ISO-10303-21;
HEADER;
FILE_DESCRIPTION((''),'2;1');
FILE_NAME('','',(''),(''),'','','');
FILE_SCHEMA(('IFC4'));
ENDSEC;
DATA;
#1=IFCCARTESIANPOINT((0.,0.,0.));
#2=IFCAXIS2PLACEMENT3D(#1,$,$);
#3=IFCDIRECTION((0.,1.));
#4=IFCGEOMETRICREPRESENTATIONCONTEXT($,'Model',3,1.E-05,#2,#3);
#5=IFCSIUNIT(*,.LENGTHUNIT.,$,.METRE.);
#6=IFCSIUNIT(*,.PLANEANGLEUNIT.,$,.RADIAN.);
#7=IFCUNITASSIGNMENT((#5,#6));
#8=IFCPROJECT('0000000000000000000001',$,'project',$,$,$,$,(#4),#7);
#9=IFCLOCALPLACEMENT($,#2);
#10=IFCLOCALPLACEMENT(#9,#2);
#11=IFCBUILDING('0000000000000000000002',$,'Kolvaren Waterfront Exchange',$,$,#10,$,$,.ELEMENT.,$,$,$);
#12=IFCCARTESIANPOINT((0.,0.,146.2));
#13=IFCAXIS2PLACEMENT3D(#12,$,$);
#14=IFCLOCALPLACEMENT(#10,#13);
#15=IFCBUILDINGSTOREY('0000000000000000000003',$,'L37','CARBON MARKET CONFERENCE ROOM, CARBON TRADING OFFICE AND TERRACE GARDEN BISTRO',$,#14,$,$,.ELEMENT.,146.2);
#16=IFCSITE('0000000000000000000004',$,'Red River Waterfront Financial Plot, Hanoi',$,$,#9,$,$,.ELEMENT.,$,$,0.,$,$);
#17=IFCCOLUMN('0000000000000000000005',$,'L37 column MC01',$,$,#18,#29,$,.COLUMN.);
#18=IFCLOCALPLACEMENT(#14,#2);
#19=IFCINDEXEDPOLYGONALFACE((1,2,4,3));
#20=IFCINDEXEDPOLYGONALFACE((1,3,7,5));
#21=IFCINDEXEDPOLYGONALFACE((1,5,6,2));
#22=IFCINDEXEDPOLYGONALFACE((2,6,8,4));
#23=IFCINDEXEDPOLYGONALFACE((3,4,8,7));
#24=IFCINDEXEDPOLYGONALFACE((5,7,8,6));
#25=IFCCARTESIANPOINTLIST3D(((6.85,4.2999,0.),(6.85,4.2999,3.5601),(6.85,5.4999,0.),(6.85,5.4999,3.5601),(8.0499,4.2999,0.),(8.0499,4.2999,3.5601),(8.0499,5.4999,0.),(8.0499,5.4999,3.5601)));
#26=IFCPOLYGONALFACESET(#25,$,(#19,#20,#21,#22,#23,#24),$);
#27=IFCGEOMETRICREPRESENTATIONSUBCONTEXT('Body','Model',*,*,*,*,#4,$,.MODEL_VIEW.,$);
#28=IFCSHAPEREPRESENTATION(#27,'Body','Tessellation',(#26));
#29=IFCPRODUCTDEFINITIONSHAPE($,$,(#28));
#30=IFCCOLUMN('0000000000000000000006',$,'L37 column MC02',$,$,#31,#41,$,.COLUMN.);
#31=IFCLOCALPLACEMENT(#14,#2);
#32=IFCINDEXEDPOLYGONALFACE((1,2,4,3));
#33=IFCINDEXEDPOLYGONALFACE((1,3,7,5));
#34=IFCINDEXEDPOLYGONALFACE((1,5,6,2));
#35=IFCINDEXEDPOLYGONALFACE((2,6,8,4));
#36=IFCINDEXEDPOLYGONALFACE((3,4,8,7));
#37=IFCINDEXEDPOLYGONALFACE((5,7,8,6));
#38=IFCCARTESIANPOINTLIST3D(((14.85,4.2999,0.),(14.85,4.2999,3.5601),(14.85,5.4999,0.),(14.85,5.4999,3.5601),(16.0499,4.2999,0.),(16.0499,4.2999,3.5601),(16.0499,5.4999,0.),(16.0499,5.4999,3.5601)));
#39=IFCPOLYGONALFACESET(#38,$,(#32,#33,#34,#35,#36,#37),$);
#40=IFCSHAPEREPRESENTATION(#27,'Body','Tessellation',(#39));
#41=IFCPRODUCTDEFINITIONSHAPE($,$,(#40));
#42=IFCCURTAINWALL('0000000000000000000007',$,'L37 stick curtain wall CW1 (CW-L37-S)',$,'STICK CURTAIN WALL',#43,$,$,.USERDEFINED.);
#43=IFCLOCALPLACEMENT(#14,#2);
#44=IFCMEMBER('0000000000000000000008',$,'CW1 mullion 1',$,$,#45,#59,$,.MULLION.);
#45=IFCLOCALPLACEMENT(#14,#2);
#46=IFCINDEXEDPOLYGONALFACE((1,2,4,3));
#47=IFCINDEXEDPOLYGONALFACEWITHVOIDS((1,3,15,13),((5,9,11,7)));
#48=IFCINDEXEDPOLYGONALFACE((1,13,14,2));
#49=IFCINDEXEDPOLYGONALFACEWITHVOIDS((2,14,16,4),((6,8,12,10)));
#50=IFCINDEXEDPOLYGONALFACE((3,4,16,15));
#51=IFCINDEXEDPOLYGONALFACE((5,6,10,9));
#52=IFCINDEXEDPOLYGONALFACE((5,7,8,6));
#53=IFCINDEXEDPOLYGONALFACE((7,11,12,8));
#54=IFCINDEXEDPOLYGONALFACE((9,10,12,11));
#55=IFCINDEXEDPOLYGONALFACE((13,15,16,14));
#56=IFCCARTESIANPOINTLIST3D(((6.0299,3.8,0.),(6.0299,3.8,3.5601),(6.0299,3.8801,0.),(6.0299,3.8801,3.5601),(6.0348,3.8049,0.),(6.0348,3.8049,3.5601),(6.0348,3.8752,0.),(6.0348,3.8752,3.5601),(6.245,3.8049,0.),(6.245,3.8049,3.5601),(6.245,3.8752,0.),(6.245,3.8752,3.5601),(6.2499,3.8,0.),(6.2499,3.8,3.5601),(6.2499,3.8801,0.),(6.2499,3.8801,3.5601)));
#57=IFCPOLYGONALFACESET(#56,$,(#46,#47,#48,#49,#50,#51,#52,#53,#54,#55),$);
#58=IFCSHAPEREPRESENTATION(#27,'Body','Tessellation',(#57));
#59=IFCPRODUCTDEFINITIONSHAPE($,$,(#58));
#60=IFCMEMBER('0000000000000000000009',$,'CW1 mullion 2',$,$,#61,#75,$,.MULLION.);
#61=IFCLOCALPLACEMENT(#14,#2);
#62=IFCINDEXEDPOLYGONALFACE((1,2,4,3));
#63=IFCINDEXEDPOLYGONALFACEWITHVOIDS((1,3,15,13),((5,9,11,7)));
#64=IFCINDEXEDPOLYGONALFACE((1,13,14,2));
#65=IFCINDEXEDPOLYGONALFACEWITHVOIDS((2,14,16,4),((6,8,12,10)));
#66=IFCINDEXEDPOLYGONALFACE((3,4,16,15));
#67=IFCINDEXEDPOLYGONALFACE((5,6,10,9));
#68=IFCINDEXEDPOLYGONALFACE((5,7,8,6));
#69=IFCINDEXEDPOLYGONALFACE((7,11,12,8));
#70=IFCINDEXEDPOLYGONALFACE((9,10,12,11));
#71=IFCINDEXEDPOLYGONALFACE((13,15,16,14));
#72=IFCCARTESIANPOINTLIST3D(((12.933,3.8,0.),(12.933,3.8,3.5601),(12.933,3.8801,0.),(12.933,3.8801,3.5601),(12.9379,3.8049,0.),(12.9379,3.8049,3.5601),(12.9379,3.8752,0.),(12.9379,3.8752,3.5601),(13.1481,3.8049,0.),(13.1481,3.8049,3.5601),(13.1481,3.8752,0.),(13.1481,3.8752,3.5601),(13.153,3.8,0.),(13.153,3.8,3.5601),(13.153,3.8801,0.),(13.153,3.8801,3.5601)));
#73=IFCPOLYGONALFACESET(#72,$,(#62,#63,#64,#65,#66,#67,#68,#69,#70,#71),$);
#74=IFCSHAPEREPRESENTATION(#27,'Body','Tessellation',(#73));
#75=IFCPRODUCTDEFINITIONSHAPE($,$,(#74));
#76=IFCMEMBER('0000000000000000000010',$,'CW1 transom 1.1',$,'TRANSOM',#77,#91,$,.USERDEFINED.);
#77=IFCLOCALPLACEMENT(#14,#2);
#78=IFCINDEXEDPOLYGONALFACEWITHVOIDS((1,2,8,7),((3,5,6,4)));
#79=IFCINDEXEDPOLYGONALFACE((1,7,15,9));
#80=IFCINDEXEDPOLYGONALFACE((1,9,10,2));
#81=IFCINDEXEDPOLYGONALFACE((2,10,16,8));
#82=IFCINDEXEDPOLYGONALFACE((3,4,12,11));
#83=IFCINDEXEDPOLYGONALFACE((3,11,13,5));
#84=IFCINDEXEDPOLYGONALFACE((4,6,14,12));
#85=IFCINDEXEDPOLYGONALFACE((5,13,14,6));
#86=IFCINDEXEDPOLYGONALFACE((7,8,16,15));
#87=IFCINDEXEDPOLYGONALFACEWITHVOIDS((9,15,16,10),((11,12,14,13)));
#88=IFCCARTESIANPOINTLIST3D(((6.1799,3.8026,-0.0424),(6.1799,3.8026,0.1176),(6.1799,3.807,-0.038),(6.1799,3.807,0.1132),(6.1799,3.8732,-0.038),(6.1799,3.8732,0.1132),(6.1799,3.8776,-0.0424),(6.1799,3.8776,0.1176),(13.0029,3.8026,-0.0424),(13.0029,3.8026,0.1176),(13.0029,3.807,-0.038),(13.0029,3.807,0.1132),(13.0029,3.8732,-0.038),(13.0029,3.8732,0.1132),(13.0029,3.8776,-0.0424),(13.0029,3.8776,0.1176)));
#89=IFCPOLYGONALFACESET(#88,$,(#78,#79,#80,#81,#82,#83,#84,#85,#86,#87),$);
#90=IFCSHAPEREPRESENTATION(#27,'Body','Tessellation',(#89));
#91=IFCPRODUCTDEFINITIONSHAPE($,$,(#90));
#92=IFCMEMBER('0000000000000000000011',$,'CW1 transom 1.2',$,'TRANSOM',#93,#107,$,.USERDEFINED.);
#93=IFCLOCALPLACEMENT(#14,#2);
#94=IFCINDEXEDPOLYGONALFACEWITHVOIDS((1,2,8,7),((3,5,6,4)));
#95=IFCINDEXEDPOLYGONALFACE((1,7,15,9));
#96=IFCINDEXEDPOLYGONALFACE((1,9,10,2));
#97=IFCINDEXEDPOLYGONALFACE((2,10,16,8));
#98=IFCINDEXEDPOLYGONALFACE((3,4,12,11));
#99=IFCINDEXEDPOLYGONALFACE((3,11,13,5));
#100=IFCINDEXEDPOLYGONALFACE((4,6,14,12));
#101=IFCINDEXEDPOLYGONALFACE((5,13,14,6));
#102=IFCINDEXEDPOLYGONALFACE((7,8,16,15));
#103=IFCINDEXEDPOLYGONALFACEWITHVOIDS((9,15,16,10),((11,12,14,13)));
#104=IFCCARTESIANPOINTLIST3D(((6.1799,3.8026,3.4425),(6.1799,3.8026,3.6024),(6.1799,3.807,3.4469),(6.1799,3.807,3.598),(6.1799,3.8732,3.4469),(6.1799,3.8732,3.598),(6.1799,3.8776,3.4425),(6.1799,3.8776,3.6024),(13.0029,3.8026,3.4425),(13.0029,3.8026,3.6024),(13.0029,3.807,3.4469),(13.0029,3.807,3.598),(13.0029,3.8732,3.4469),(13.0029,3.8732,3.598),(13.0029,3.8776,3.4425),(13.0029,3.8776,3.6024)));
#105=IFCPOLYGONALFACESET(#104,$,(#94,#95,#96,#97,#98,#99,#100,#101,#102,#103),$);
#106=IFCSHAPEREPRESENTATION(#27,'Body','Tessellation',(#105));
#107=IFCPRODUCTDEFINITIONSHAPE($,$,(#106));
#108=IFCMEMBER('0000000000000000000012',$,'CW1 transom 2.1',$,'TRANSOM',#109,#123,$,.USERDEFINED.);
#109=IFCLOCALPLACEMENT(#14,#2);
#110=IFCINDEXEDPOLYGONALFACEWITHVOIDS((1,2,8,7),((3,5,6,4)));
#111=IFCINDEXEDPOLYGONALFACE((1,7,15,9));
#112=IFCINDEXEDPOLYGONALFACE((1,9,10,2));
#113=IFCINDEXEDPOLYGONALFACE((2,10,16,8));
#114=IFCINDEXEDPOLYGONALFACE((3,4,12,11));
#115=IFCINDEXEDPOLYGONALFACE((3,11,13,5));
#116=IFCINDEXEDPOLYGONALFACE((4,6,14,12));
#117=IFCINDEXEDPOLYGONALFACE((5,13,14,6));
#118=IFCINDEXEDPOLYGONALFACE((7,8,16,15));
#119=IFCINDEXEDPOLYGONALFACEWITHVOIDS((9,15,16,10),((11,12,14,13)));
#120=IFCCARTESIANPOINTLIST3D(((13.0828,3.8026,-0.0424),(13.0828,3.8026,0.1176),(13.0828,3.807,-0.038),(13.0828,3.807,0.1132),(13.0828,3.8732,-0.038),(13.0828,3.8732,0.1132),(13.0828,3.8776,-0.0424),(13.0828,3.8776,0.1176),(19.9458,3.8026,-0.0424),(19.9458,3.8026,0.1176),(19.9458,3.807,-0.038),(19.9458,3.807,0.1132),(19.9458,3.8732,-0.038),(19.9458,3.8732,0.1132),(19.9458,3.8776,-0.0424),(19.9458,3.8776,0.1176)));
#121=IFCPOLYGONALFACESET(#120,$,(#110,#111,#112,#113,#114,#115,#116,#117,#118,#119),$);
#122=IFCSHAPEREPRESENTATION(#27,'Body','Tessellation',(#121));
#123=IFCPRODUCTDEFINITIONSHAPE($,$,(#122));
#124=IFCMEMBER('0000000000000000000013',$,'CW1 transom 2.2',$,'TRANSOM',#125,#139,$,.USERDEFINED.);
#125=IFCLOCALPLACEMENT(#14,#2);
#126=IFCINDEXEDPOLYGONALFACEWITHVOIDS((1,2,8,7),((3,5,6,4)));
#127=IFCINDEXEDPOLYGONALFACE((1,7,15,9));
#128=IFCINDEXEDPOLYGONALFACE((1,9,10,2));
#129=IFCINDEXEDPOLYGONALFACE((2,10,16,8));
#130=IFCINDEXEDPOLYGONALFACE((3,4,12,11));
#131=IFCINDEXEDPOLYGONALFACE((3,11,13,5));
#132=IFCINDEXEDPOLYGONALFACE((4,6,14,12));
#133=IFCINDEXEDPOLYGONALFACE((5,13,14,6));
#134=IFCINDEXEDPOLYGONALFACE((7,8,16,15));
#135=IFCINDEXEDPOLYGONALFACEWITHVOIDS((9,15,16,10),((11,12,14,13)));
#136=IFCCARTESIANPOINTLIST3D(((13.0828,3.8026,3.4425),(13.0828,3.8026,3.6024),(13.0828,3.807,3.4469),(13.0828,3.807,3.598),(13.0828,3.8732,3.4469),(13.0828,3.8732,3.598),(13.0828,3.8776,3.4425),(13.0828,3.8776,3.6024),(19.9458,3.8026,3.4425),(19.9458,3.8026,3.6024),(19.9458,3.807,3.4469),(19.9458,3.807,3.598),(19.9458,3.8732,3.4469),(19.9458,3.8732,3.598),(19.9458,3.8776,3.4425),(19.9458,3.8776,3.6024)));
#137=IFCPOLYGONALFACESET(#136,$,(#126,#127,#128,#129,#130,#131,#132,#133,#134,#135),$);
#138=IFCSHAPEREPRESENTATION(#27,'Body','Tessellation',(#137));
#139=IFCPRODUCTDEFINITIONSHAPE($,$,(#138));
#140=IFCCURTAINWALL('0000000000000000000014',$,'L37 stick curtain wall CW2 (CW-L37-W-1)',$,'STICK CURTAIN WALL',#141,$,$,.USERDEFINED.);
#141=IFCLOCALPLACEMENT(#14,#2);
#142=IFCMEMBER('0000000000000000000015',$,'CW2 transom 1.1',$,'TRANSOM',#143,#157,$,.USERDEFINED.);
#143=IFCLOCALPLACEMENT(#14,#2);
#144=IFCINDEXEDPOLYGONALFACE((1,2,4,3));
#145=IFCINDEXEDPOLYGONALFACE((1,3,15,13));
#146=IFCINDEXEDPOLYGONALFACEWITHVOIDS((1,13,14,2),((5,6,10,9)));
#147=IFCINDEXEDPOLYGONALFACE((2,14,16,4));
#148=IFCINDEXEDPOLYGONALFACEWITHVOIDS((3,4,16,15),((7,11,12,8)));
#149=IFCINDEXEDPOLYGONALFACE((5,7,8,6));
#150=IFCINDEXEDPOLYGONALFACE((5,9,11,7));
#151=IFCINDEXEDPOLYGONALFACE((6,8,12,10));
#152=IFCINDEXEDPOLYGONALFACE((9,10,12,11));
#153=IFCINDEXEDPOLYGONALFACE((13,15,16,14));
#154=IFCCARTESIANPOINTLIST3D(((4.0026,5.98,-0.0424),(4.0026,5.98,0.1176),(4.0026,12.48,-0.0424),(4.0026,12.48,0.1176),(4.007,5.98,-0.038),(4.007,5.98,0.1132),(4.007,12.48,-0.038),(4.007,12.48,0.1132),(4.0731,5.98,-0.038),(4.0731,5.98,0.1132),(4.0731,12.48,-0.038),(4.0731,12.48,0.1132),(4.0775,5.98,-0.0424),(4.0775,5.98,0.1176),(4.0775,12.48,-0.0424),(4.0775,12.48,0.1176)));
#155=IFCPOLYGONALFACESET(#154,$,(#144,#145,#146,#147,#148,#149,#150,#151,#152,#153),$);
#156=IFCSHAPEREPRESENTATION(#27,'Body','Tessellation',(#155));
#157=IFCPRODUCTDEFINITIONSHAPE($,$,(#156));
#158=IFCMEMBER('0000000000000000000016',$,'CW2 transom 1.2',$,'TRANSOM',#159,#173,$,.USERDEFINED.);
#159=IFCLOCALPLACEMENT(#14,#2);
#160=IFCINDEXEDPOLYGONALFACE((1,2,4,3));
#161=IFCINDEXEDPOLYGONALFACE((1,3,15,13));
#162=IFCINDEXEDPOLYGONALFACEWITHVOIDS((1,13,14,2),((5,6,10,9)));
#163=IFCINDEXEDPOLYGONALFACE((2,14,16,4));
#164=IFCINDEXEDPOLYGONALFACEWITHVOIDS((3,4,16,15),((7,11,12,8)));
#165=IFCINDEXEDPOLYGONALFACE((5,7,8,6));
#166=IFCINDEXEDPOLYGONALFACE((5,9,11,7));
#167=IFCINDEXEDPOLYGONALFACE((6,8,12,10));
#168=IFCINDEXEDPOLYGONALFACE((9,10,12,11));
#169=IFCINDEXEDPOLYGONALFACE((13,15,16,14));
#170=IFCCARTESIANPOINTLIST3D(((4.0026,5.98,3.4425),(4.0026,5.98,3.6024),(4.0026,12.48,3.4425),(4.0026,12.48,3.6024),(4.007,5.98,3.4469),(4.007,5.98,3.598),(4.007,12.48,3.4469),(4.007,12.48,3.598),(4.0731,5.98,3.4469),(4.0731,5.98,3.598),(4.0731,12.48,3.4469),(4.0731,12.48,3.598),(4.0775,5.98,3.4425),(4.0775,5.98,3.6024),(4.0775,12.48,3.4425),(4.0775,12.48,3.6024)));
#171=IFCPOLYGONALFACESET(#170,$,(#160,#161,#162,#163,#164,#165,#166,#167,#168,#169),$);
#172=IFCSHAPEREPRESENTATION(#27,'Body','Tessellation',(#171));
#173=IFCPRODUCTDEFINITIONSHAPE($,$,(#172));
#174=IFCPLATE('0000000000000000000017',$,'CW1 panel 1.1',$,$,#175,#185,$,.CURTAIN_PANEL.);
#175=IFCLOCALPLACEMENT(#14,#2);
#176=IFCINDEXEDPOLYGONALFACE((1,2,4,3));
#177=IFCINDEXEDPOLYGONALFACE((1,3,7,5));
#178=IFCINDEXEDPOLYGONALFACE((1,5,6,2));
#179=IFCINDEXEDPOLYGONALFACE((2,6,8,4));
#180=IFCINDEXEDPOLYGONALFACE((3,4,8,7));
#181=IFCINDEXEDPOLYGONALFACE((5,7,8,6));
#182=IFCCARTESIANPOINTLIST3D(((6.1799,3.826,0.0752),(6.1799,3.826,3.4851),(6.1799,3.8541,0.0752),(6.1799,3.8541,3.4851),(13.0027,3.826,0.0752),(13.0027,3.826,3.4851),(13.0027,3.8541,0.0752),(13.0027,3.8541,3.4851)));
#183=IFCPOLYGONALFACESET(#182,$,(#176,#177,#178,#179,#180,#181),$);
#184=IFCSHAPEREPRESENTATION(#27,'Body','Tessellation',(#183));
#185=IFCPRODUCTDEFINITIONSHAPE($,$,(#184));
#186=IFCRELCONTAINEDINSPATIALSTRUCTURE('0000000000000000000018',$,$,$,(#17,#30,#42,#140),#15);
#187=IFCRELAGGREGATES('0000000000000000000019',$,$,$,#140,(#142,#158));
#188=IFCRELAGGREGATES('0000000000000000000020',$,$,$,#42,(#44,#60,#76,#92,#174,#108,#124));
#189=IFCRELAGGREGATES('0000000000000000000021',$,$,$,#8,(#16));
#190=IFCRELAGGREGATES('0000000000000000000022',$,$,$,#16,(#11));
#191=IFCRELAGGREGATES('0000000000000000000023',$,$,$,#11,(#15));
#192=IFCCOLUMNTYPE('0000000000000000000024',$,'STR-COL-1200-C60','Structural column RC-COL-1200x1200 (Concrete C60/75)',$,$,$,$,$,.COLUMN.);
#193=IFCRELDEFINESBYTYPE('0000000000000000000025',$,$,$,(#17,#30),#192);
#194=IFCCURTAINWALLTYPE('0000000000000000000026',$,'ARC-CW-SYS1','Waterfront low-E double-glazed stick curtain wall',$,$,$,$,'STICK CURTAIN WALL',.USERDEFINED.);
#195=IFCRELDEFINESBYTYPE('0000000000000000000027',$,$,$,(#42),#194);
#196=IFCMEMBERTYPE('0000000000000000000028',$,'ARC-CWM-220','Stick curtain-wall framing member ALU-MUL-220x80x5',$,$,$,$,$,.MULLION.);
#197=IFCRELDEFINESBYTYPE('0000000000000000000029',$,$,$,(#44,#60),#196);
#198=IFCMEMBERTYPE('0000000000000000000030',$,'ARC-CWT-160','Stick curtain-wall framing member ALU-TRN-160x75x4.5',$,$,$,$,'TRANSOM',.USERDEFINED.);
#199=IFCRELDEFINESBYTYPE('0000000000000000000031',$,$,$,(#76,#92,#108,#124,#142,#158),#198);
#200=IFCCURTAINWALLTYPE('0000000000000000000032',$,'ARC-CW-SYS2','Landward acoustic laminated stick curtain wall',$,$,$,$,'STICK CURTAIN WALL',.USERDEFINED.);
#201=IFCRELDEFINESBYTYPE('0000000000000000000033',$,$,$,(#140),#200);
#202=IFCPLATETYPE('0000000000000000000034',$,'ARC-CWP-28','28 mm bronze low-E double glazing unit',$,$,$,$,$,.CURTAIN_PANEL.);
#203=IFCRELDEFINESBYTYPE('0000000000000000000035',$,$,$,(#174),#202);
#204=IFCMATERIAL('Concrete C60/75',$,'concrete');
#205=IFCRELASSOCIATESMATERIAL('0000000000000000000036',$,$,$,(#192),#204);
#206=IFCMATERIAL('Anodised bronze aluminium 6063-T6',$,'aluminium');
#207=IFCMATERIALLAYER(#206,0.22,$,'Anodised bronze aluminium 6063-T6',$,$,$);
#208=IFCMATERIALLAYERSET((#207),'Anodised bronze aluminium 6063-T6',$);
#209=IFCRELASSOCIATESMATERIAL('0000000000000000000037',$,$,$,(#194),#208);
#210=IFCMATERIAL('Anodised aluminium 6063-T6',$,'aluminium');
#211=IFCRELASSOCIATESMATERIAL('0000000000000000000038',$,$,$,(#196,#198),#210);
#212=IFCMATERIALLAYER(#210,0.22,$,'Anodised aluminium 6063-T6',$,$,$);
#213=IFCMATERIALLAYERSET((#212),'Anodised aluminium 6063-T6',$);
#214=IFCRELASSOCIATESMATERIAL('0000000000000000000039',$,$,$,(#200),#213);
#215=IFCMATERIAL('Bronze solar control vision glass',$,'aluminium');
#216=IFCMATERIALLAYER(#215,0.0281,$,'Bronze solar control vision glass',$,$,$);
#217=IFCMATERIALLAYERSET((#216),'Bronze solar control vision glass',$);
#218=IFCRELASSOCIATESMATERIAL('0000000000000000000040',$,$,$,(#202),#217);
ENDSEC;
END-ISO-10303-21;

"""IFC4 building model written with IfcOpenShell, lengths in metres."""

from ifc_helpers import new_model, si_unit, direction, frame, origin, origin_with_axes, origin_2d, place, context, subcontext, project, spatial, rectangle, hollow_rectangle, extrude, source, transform, mapped, material, layer, layer_set, material_profile, profile_set, type_object, element, aggregate, save


model = new_model("IFC4")

# Units and contexts
model_context = context("Model", 3, precision=1e-05, world=origin(), true_north=direction((0.0, 1.0)))
body_context = subcontext(model_context, "Body", "Model", "MODEL_VIEW")
ifc_project = project(units=[si_unit("LENGTHUNIT", "METRE"), si_unit("PLANEANGLEUNIT", "RADIAN")], contexts=[model_context])

# Site, building, storey
site_placement = place(None, origin())
site = spatial("IfcSite", under=ifc_project, at=site_placement, Name="Red River Waterfront Financial Plot, Hanoi", CompositionType="ELEMENT", RefElevation=0.0)
building_placement = place(site_placement, origin())
building = spatial("IfcBuilding", under=site, at=building_placement, Name="Kolvaren Waterfront Exchange", CompositionType="ELEMENT")
storey_placement = place(building_placement, frame((0.0, 0.0, 146.2)))
storey = spatial("IfcBuildingStorey", under=building, at=storey_placement, Name="L37", Description="CARBON MARKET CONFERENCE ROOM, CARBON TRADING OFFICE AND TERRACE GARDEN BISTRO", CompositionType="ELEMENT", Elevation=146.2)

# Columns
ifc_material_1 = material(Name="Concrete C60/75", Category="concrete")
ifc_material_profile_1 = material_profile(ifc_material_1, rectangle(XDim=1.2, YDim=1.2, at=origin_2d()), Name="RC-COL-1200x1200")
ifc_profile_set_1 = profile_set([ifc_material_profile_1], Name="Concrete C60/75")
column_type = type_object("IfcColumnType", Name="STR-COL-1200-C60", Description="Structural column RC-COL-1200x1200 (Concrete C60/75)", PredefinedType="COLUMN", material=ifc_profile_set_1)
for number, where, z_axis, x_axis, name in (
    (1, (7.45, 4.8999, 0.0), (0.0, 0.0, 1.0), (1.0, 0.0, 0.0), "L37 column MC01"),
    (2, (15.45, 4.8999, 0.0), (0.0, 0.0, 1.0), (1.0, 0.0, 0.0), "L37 column MC02"),
):
    element("IfcColumn", number, at=place(storey_placement, frame(where, z_axis=z_axis, x_axis=x_axis)), inside=storey, type_object=column_type, Name=name, PredefinedType="COLUMN", context=body_context, shape_type="SweptSolid", body=[
        extrude(rectangle(XDim=1.2, YDim=1.2, at=origin_2d()), origin(), (0.0, 0.0, 1.0), 3.5601),
    ])

# Curtain walls, members
ifc_material_2 = material(Name="Anodised bronze aluminium 6063-T6", Category="aluminium")
ifc_layer_1 = layer(ifc_material_2, 0.22, Name="Anodised bronze aluminium 6063-T6")
ifc_layer_set_1 = layer_set([ifc_layer_1], Name="Anodised bronze aluminium 6063-T6")
curtain_wall_type_1 = type_object("IfcCurtainWallType", Name="ARC-CW-SYS1", Description="Waterfront low-E double-glazed stick curtain wall", ElementType="STICK CURTAIN WALL", PredefinedType="USERDEFINED", material=ifc_layer_set_1)
curtain_wall_1_placement = place(storey_placement, origin())
curtain_wall_1 = element("IfcCurtainWall", 3, at=curtain_wall_1_placement, inside=storey, type_object=curtain_wall_type_1, Name="L37 stick curtain wall CW1 (CW-L37-S)", ObjectType="STICK CURTAIN WALL", PredefinedType="USERDEFINED")
ifc_material_3 = material(Name="Anodised aluminium 6063-T6", Category="aluminium")
ifc_material_profile_2 = material_profile(ifc_material_3, hollow_rectangle(XDim=0.0801, YDim=0.22, WallThickness=0.0049, at=origin_2d()), Name="ALU-MUL-220x80x5")
ifc_profile_set_2 = profile_set([ifc_material_profile_2], Name="Anodised aluminium 6063-T6")
member_type_1 = type_object("IfcMemberType", Name="ARC-CWM-220", Description="Stick curtain-wall framing member ALU-MUL-220x80x5", PredefinedType="MULLION", material=ifc_profile_set_2)
shared_shape_1 = source(origin_with_axes(), body_context, "Body", "SweptSolid", [
    extrude(hollow_rectangle(XDim=0.0801, YDim=0.22, WallThickness=0.0049, at=origin_2d()), origin(), (0.0, 0.0, 1.0), 3.5601),
])
member_1_placement = place(storey_placement, frame((6.1399, 3.8401, 0.0), z_axis=(0.0, 0.0, 1.0), x_axis=(0.0, 1.0, 0.0)))
member_1 = element("IfcMember", 4, at=member_1_placement, type_object=member_type_1, Name="CW1 mullion 1", PredefinedType="MULLION", context=body_context, shape_type="MappedRepresentation", body=[
    mapped(shared_shape_1, transform((0.0, 0.0, 0.0), x_axis=(1.0, 0.0, 0.0), y_axis=(0.0, 1.0, 0.0), z_axis=(0.0, 0.0, 1.0), scale=1.0)),
])
member_2_placement = place(storey_placement, frame((13.043, 3.8401, 0.0), z_axis=(0.0, 0.0, 1.0), x_axis=(0.0, 1.0, 0.0)))
member_2 = element("IfcMember", 5, at=member_2_placement, type_object=member_type_1, Name="CW1 mullion 2", PredefinedType="MULLION", context=body_context, shape_type="MappedRepresentation", body=[
    mapped(shared_shape_1, transform((0.0, 0.0, 0.0), x_axis=(1.0, 0.0, 0.0), y_axis=(0.0, 1.0, 0.0), z_axis=(0.0, 0.0, 1.0), scale=1.0)),
])
ifc_material_profile_3 = material_profile(ifc_material_3, hollow_rectangle(XDim=0.075, YDim=0.1599, WallThickness=0.0044, at=origin_2d()), Name="ALU-TRN-160x75x4.5")
ifc_profile_set_3 = profile_set([ifc_material_profile_3], Name="Anodised aluminium 6063-T6")
member_type_2 = type_object("IfcMemberType", Name="ARC-CWT-160", Description="Stick curtain-wall framing member ALU-TRN-160x75x4.5", ElementType="TRANSOM", PredefinedType="USERDEFINED", material=ifc_profile_set_3)
shared_shape_2 = source(origin_with_axes(), body_context, "Body", "SweptSolid", [
    extrude(hollow_rectangle(XDim=0.075, YDim=0.1599, WallThickness=0.0044, at=origin_2d()), origin(), (0.0, 0.0, 1.0), 6.823),
])
member_3_placement = place(storey_placement, frame((6.1799, 3.8401, 0.0376), z_axis=(1.0, 0.0, 0.0), x_axis=(0.0, 1.0, 0.0)))
member_3 = element("IfcMember", 6, at=member_3_placement, type_object=member_type_2, Name="CW1 transom 1.1", ObjectType="TRANSOM", PredefinedType="USERDEFINED", context=body_context, shape_type="MappedRepresentation", body=[
    mapped(shared_shape_2, transform((0.0, 0.0, 0.0), x_axis=(1.0, 0.0, 0.0), y_axis=(0.0, 1.0, 0.0), z_axis=(0.0, 0.0, 1.0), scale=1.0)),
])
member_4_placement = place(storey_placement, frame((6.1799, 3.8401, 3.5225), z_axis=(1.0, 0.0, 0.0), x_axis=(0.0, 1.0, 0.0)))
member_4 = element("IfcMember", 7, at=member_4_placement, type_object=member_type_2, Name="CW1 transom 1.2", ObjectType="TRANSOM", PredefinedType="USERDEFINED", context=body_context, shape_type="MappedRepresentation", body=[
    mapped(shared_shape_2, transform((0.0, 0.0, 0.0), x_axis=(1.0, 0.0, 0.0), y_axis=(0.0, 1.0, 0.0), z_axis=(0.0, 0.0, 1.0), scale=1.0)),
])
shared_shape_3 = source(origin_with_axes(), body_context, "Body", "SweptSolid", [
    extrude(hollow_rectangle(XDim=0.075, YDim=0.1599, WallThickness=0.0044, at=origin_2d()), origin(), (0.0, 0.0, 1.0), 6.863),
])
member_5_placement = place(storey_placement, frame((13.0828, 3.8401, 0.0376), z_axis=(1.0, 0.0, 0.0), x_axis=(0.0, 1.0, 0.0)))
member_5 = element("IfcMember", 8, at=member_5_placement, type_object=member_type_2, Name="CW1 transom 2.1", ObjectType="TRANSOM", PredefinedType="USERDEFINED", context=body_context, shape_type="MappedRepresentation", body=[
    mapped(shared_shape_3, transform((0.0, 0.0, 0.0), x_axis=(1.0, 0.0, 0.0), y_axis=(0.0, 1.0, 0.0), z_axis=(0.0, 0.0, 1.0), scale=1.0)),
])
member_6_placement = place(storey_placement, frame((13.0828, 3.8401, 3.5225), z_axis=(1.0, 0.0, 0.0), x_axis=(0.0, 1.0, 0.0)))
member_6 = element("IfcMember", 9, at=member_6_placement, type_object=member_type_2, Name="CW1 transom 2.2", ObjectType="TRANSOM", PredefinedType="USERDEFINED", context=body_context, shape_type="MappedRepresentation", body=[
    mapped(shared_shape_3, transform((0.0, 0.0, 0.0), x_axis=(1.0, 0.0, 0.0), y_axis=(0.0, 1.0, 0.0), z_axis=(0.0, 0.0, 1.0), scale=1.0)),
])
ifc_layer_2 = layer(ifc_material_3, 0.22, Name="Anodised aluminium 6063-T6")
ifc_layer_set_2 = layer_set([ifc_layer_2], Name="Anodised aluminium 6063-T6")
curtain_wall_type_2 = type_object("IfcCurtainWallType", Name="ARC-CW-SYS2", Description="Landward acoustic laminated stick curtain wall", ElementType="STICK CURTAIN WALL", PredefinedType="USERDEFINED", material=ifc_layer_set_2)
curtain_wall_2_placement = place(storey_placement, origin())
curtain_wall_2 = element("IfcCurtainWall", 10, at=curtain_wall_2_placement, inside=storey, type_object=curtain_wall_type_2, Name="L37 stick curtain wall CW2 (CW-L37-W-1)", ObjectType="STICK CURTAIN WALL", PredefinedType="USERDEFINED")
shared_shape_4 = source(origin_with_axes(), body_context, "Body", "SweptSolid", [
    extrude(hollow_rectangle(XDim=0.075, YDim=0.1599, WallThickness=0.0044, at=origin_2d()), origin(), (0.0, 0.0, 1.0), 6.5),
])
member_7_placement = place(storey_placement, frame((4.04, 5.98, 0.0376), z_axis=(0.0, 1.0, 0.0), x_axis=(-1.0, 0.0, 0.0)))
member_7 = element("IfcMember", 11, at=member_7_placement, type_object=member_type_2, Name="CW2 transom 1.1", ObjectType="TRANSOM", PredefinedType="USERDEFINED", context=body_context, shape_type="MappedRepresentation", body=[
    mapped(shared_shape_4, transform((0.0, 0.0, 0.0), x_axis=(1.0, 0.0, 0.0), y_axis=(0.0, 1.0, 0.0), z_axis=(0.0, 0.0, 1.0), scale=1.0)),
])
member_8_placement = place(storey_placement, frame((4.04, 5.98, 3.5225), z_axis=(0.0, 1.0, 0.0), x_axis=(-1.0, 0.0, 0.0)))
member_8 = element("IfcMember", 12, at=member_8_placement, type_object=member_type_2, Name="CW2 transom 1.2", ObjectType="TRANSOM", PredefinedType="USERDEFINED", context=body_context, shape_type="MappedRepresentation", body=[
    mapped(shared_shape_4, transform((0.0, 0.0, 0.0), x_axis=(1.0, 0.0, 0.0), y_axis=(0.0, 1.0, 0.0), z_axis=(0.0, 0.0, 1.0), scale=1.0)),
])
aggregate(curtain_wall_2, [member_7, member_8])

# Plate
ifc_material_4 = material(Name="Bronze solar control vision glass", Category="aluminium")
ifc_layer_3 = layer(ifc_material_4, 0.0281, Name="Bronze solar control vision glass")
ifc_layer_set_3 = layer_set([ifc_layer_3], Name="Bronze solar control vision glass")
plate_type = type_object("IfcPlateType", Name="ARC-CWP-28", Description="28 mm bronze low-E double glazing unit", PredefinedType="CURTAIN_PANEL", material=ifc_layer_set_3)
shared_shape_5 = source(origin_with_axes(), body_context, "Body", "SweptSolid", [
    extrude(rectangle(XDim=6.8228, YDim=0.0281, at=origin_2d()), origin(), (0.0, 0.0, 1.0), 3.4099),
])
plate_1_placement = place(storey_placement, frame((9.5913, 3.8401, 0.0752), z_axis=(0.0, 0.0, 1.0), x_axis=(1.0, 0.0, 0.0)))
plate_1 = element("IfcPlate", 13, at=plate_1_placement, type_object=plate_type, Name="CW1 panel 1.1", PredefinedType="CURTAIN_PANEL", context=body_context, shape_type="MappedRepresentation", body=[
    mapped(shared_shape_5, transform((0.0, 0.0, 0.0), x_axis=(1.0, 0.0, 0.0), y_axis=(0.0, 1.0, 0.0), z_axis=(0.0, 0.0, 1.0), scale=1.0)),
])
aggregate(curtain_wall_1, [member_1, member_2, member_3, member_4, plate_1, member_5, member_6])

save(model, "model.ifc")
